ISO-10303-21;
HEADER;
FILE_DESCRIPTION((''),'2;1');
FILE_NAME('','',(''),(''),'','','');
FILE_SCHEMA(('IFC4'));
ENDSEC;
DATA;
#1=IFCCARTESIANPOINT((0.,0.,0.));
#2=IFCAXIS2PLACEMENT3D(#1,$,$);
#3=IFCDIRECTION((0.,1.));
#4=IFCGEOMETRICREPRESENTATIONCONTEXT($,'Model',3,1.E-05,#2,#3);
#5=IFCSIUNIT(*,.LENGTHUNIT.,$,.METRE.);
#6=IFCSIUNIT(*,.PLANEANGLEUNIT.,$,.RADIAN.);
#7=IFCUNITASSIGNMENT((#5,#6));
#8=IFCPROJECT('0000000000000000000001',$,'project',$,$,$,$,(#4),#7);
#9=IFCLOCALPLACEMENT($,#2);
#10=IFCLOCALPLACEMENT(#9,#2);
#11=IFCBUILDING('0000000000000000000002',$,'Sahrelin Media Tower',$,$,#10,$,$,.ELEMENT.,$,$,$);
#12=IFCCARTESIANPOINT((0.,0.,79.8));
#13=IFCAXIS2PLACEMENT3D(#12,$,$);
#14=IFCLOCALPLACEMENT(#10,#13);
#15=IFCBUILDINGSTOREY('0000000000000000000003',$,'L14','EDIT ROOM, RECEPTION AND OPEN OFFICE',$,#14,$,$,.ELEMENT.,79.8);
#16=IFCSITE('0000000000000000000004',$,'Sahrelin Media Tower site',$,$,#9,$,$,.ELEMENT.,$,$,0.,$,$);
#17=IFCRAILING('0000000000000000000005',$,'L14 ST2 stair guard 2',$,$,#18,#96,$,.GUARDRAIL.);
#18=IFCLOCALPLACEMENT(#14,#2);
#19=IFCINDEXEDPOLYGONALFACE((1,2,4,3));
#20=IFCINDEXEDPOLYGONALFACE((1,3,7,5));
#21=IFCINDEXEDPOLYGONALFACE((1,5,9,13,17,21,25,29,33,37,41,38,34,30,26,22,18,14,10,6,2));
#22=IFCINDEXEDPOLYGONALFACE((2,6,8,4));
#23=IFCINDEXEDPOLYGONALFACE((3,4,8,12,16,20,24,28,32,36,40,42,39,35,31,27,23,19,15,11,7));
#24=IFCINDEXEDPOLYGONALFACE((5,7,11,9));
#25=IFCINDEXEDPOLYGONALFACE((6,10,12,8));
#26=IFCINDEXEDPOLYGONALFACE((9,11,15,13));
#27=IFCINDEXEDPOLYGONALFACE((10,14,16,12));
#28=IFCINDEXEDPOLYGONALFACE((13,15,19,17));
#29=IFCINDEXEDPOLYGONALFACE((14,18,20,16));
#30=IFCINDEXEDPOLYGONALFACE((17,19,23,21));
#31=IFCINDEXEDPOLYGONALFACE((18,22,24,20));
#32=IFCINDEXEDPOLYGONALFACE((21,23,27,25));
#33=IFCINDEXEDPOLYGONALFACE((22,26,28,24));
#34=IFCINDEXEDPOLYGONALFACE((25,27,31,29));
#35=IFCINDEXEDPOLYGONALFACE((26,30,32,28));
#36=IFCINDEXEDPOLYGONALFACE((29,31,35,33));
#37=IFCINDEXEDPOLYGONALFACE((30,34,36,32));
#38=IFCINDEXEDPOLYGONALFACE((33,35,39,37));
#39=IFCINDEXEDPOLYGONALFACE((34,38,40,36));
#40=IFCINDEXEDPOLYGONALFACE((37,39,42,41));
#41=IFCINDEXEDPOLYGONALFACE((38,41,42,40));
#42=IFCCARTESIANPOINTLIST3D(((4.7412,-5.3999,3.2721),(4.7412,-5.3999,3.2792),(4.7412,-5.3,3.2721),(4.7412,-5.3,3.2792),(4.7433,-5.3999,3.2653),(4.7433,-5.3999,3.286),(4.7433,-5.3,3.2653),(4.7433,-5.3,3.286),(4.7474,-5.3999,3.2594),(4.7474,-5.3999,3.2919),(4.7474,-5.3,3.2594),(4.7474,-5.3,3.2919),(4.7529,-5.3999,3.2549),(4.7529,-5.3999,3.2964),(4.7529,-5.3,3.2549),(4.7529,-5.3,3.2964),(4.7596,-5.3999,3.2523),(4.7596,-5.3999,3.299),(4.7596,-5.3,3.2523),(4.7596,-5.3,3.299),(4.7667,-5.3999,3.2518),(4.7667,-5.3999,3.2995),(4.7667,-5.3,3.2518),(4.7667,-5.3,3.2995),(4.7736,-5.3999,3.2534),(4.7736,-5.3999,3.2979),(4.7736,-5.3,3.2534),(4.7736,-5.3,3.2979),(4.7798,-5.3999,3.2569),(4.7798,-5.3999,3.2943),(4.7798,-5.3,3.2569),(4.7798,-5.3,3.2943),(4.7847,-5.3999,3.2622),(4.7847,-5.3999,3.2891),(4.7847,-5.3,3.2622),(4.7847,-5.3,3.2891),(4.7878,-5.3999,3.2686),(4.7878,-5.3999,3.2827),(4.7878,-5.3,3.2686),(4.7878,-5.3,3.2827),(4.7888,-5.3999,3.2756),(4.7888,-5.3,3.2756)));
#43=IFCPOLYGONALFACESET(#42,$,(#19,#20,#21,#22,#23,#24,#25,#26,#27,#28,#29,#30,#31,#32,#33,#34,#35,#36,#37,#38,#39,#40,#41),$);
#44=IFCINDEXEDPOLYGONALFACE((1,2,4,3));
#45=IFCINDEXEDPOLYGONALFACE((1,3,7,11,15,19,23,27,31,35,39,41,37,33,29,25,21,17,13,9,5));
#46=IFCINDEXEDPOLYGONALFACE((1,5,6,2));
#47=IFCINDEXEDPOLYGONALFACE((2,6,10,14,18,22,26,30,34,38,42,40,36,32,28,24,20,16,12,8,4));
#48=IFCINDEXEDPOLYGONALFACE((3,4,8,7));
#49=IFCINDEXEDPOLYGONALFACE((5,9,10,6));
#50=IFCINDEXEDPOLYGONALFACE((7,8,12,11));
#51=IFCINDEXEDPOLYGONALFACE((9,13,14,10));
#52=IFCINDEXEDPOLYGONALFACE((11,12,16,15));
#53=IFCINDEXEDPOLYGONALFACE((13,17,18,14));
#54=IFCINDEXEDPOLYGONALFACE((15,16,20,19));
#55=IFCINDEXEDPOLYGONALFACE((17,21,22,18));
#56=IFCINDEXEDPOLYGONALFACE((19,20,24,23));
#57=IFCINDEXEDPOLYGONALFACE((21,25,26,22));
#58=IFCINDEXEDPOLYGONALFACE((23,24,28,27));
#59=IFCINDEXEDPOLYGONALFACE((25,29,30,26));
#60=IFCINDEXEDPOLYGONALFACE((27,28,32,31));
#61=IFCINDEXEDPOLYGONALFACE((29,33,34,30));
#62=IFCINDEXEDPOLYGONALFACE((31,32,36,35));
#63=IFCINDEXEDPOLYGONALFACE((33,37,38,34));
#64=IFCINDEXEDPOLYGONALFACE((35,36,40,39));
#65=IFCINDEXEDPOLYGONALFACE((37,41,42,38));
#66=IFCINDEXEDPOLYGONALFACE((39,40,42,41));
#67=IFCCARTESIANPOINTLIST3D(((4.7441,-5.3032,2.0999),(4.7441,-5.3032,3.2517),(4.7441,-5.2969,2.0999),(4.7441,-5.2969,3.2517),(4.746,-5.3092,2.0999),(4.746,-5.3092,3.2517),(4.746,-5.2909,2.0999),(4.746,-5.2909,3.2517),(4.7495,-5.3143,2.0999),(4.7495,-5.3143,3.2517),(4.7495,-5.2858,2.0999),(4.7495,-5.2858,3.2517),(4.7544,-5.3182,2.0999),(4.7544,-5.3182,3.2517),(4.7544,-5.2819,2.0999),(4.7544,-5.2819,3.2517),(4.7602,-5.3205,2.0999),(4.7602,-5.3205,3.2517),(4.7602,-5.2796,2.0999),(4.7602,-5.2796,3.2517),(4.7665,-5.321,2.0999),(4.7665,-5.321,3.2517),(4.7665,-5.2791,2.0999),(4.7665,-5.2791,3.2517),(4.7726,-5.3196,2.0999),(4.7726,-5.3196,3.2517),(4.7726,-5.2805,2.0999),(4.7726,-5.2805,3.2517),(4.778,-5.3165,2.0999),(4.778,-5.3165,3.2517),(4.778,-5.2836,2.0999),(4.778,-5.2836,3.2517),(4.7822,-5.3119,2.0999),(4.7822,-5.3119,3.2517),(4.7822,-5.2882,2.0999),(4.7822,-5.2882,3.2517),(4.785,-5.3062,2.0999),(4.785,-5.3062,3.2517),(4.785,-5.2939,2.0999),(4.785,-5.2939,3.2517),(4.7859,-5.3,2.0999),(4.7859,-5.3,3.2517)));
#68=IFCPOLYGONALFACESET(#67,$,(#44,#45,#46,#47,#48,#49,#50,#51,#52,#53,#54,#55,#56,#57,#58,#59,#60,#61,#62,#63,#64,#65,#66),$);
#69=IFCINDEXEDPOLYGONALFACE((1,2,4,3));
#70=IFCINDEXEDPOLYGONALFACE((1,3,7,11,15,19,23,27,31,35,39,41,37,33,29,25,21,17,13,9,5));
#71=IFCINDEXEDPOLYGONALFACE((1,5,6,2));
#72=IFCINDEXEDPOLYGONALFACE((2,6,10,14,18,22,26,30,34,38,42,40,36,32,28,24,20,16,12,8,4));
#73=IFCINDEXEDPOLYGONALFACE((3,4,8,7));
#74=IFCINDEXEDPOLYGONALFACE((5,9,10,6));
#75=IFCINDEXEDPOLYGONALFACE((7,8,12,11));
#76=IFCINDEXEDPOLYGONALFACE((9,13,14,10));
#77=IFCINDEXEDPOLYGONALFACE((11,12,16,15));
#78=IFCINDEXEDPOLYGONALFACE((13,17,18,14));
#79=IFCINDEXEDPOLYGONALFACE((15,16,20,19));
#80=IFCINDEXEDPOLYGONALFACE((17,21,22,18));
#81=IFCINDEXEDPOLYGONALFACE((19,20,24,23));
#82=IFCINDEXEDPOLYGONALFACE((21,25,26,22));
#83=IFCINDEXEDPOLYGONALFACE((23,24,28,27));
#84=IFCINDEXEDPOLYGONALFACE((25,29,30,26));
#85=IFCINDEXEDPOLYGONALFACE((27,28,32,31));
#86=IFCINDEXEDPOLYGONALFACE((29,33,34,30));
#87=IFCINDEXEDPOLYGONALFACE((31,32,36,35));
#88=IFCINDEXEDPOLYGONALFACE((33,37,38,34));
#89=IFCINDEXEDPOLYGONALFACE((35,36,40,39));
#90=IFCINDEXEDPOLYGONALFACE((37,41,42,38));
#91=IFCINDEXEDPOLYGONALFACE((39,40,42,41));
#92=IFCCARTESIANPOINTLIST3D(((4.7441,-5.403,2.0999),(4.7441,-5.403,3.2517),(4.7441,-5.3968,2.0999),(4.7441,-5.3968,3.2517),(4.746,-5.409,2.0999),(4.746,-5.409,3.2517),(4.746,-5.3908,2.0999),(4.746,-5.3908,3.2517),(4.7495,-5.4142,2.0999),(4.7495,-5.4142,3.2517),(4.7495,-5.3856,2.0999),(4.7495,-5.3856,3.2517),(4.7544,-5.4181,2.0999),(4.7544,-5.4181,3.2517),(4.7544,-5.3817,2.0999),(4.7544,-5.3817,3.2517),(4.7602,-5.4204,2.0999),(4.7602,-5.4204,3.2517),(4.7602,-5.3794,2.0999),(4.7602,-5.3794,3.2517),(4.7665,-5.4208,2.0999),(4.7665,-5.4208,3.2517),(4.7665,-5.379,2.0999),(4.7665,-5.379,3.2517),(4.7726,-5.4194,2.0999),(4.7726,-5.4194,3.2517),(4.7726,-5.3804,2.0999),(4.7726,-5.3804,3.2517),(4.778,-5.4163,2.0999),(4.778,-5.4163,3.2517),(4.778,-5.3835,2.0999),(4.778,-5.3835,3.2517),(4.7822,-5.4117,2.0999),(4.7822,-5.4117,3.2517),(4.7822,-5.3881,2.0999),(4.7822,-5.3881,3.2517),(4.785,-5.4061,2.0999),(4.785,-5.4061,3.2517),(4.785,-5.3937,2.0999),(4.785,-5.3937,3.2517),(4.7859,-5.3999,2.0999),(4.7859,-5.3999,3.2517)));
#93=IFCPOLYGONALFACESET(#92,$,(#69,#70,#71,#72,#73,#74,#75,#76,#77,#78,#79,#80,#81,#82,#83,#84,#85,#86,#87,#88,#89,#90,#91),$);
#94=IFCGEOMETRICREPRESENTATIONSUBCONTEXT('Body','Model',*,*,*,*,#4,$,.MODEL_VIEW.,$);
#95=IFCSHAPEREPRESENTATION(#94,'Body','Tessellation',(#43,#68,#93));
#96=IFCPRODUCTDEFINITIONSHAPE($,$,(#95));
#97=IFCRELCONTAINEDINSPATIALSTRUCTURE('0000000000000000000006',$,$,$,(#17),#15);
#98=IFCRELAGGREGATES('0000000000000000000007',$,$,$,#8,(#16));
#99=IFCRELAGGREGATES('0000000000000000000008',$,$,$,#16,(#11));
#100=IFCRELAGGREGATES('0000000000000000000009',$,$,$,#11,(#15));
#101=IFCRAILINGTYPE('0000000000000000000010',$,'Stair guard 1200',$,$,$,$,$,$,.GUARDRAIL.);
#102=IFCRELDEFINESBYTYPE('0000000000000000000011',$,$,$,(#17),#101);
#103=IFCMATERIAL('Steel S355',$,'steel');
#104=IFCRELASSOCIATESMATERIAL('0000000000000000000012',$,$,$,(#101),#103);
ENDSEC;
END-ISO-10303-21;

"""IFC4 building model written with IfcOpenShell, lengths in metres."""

from ifc_helpers import new_model, si_unit, direction, frame, origin, origin_2d, place, context, subcontext, project, spatial, circle, extrude, material, type_object, element, save


model = new_model("IFC4")

# Units and contexts
model_context = context("Model", 3, precision=1e-05, world=origin(), true_north=direction((0.0, 1.0)))
body_context = subcontext(model_context, "Body", "Model", "MODEL_VIEW")
ifc_project = project(units=[si_unit("LENGTHUNIT", "METRE"), si_unit("PLANEANGLEUNIT", "RADIAN")], contexts=[model_context])

# Site, building, storey
site_placement = place(None, origin())
site = spatial("IfcSite", under=ifc_project, at=site_placement, Name="Sahrelin Media Tower site", CompositionType="ELEMENT", RefElevation=0.0)
building_placement = place(site_placement, origin())
building = spatial("IfcBuilding", under=site, at=building_placement, Name="Sahrelin Media Tower", CompositionType="ELEMENT")
storey_placement = place(building_placement, frame((0.0, 0.0, 79.8)))
storey = spatial("IfcBuildingStorey", under=building, at=storey_placement, Name="L14", Description="EDIT ROOM, RECEPTION AND OPEN OFFICE", CompositionType="ELEMENT", Elevation=79.8)

# Railing
ifc_material_1 = material(Name="Steel S355", Category="steel")
railing_type_1 = type_object("IfcRailingType", Name="Stair guard 1200", PredefinedType="GUARDRAIL", material=ifc_material_1)
railing_1_placement = place(storey_placement, frame((4.7649, -5.3, 2.0999)))
element("IfcRailing", 1, at=railing_1_placement, inside=storey, type_object=railing_type_1, Name="L14 ST2 stair guard 2", PredefinedType="GUARDRAIL", context=body_context, shape_type="SweptSolid", body=[
    extrude(circle(Radius=0.0239, at=origin_2d()), frame((0.0, 0.0, 1.1758), z_axis=(0.0, -1.0, 0.0), x_axis=(1.0, 0.0, 0.0)), (0.0, 0.0, 1.0), 0.0999),
    extrude(circle(Radius=0.021, at=origin_2d()), origin(), (0.0, 0.0, 1.0), 1.1519),
    extrude(circle(Radius=0.021, at=origin_2d()), frame((0.0, -0.0999, 0.0)), (0.0, 0.0, 1.0), 1.1519),
])

save(model, "model.ifc")
